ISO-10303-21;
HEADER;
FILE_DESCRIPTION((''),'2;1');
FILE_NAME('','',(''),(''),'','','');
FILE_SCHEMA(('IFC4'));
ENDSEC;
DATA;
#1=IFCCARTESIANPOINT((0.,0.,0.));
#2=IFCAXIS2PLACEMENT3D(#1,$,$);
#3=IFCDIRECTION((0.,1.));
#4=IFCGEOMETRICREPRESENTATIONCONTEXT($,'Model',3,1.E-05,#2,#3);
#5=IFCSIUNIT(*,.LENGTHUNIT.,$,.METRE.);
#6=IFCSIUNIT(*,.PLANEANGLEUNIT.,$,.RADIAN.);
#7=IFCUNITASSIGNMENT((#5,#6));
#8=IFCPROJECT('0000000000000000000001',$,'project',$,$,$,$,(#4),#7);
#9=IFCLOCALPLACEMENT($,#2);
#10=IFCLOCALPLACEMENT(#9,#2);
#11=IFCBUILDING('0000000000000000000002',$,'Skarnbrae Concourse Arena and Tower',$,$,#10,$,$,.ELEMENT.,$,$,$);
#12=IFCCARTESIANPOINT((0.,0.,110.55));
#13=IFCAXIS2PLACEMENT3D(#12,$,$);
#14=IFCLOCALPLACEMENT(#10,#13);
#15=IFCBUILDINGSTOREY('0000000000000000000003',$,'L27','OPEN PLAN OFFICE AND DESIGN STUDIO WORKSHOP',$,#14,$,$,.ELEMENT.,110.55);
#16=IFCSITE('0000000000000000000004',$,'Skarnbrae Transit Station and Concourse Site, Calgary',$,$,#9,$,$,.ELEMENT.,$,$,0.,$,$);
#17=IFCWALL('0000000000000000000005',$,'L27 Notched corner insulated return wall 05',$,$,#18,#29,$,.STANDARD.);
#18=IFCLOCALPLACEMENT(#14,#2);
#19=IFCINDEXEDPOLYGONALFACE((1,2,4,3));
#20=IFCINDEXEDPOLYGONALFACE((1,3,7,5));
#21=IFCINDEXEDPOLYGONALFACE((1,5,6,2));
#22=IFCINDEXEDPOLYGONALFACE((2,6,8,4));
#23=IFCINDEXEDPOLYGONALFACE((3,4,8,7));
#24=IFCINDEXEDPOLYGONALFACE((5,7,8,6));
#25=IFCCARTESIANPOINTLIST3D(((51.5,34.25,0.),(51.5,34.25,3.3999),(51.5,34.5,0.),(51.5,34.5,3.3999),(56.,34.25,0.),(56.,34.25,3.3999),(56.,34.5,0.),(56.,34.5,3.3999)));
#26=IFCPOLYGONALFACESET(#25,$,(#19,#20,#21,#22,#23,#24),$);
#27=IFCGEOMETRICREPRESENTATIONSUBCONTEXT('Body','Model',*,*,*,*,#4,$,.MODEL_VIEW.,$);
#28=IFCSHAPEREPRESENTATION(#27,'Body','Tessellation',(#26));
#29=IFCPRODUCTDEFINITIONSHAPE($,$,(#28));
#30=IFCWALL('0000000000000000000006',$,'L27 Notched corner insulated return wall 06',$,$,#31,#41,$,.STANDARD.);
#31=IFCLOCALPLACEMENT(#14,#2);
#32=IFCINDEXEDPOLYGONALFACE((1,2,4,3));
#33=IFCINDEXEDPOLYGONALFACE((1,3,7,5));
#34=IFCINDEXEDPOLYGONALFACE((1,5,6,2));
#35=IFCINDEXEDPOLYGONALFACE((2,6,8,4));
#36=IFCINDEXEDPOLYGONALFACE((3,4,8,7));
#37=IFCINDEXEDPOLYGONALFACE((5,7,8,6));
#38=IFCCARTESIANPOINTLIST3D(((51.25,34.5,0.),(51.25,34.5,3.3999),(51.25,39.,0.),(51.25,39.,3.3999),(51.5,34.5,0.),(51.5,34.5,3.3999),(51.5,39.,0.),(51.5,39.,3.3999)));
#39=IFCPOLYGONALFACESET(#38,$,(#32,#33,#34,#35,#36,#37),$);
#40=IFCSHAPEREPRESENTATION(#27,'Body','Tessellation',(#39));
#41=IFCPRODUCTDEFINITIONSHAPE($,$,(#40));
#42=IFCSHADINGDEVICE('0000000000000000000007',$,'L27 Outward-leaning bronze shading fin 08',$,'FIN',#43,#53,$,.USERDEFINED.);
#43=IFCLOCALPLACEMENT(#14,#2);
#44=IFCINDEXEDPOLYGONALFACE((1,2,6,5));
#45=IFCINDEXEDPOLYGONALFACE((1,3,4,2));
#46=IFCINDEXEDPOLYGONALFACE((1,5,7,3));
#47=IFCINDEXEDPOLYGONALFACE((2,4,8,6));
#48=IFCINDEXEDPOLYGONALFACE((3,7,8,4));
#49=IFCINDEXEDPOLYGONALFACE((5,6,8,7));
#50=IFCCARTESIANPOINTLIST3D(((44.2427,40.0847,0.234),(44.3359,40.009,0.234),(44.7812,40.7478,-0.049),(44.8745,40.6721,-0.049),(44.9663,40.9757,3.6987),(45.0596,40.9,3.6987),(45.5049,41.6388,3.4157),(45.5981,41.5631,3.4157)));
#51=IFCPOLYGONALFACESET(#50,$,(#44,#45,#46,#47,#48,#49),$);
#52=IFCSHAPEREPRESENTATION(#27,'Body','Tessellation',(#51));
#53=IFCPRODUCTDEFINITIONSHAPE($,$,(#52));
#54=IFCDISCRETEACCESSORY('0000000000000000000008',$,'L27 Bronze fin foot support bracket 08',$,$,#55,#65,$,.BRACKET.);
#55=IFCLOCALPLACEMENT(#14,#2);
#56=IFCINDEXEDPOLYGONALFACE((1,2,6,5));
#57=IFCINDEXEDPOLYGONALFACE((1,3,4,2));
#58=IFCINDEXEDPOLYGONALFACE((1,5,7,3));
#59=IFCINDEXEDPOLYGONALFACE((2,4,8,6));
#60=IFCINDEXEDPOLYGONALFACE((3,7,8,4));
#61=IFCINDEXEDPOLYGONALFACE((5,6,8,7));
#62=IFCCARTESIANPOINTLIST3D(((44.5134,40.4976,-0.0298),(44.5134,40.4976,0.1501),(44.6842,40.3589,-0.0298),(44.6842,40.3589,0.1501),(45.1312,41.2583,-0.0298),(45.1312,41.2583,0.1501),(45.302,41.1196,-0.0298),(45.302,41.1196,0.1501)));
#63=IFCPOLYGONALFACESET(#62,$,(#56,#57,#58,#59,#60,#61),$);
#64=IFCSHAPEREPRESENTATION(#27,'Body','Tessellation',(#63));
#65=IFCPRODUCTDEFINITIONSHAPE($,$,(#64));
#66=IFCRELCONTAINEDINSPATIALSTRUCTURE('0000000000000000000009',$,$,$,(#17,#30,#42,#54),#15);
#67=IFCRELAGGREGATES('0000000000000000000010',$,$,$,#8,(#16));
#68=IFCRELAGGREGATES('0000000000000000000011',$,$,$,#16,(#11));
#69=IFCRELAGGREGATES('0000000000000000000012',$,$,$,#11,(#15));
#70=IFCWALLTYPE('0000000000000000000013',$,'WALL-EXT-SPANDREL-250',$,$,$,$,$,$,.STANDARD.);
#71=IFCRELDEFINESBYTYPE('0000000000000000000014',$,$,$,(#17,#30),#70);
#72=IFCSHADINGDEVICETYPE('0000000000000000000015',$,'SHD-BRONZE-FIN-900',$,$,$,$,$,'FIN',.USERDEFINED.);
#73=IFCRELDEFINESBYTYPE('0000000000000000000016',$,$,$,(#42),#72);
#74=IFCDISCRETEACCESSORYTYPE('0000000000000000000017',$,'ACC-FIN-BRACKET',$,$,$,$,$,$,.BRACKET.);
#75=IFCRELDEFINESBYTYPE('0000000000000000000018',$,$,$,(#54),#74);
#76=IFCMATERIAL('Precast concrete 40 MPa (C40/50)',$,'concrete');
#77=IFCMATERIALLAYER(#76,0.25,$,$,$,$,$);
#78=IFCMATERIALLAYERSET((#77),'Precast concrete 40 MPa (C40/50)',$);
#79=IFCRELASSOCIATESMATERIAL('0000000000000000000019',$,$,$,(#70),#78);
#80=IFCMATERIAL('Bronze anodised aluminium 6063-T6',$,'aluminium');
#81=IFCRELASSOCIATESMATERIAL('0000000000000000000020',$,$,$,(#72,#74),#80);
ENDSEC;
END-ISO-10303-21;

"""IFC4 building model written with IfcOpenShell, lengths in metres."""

from ifc_helpers import new_model, si_unit, direction, frame, frame_2d, origin, origin_2d, place, context, subcontext, project, spatial, rectangle, extrude, source, transform, mapped, material, layer, layer_set, type_object, element, save


model = new_model("IFC4")

# Units and contexts
model_context = context("Model", 3, precision=1e-05, world=origin(), true_north=direction((0.0, 1.0)))
body_context = subcontext(model_context, "Body", "Model", "MODEL_VIEW")
ifc_project = project(units=[si_unit("LENGTHUNIT", "METRE"), si_unit("PLANEANGLEUNIT", "RADIAN")], contexts=[model_context])

# Site, building, storey
site_placement = place(None, origin())
site = spatial("IfcSite", under=ifc_project, at=site_placement, Name="Skarnbrae Transit Station and Concourse Site, Calgary", CompositionType="ELEMENT", RefElevation=0.0)
building_placement = place(site_placement, origin())
building = spatial("IfcBuilding", under=site, at=building_placement, Name="Skarnbrae Concourse Arena and Tower", CompositionType="ELEMENT")
storey_placement = place(building_placement, frame((0.0, 0.0, 110.55)))
storey = spatial("IfcBuildingStorey", under=building, at=storey_placement, Name="L27", Description="OPEN PLAN OFFICE AND DESIGN STUDIO WORKSHOP", CompositionType="ELEMENT", Elevation=110.55)

# Shared definitions
ifc_material_1 = material(Name="Bronze anodised aluminium 6063-T6", Category="aluminium")

# Walls
ifc_material_2 = material(Name="Precast concrete 40 MPa (C40/50)", Category="concrete")
ifc_layer_1 = layer(ifc_material_2, 0.25)
ifc_layer_set_1 = layer_set([ifc_layer_1], Name="Precast concrete 40 MPa (C40/50)")
wall_type = type_object("IfcWallType", Name="WALL-EXT-SPANDREL-250", PredefinedType="STANDARD", material=ifc_layer_set_1)
shared_shape_1 = source(origin(), body_context, "Body", "SweptSolid", [
    extrude(rectangle(XDim=4.5, YDim=0.25, at=frame_2d((2.25, 0.0))), origin(), (0.0, 0.0, 1.0), 3.3999),
])
for number, where, z_axis, x_axis, name in (
    (1, (56.0, 34.375, 0.0), (0.0, 0.0, 1.0), (-1.0, 0.0, 0.0), "L27 Notched corner insulated return wall 05"),
    (2, (51.375, 34.5, 0.0), (0.0, 0.0, 1.0), (0.0, 1.0, 0.0), "L27 Notched corner insulated return wall 06"),
):
    element("IfcWall", number, at=place(storey_placement, frame(where, z_axis=z_axis, x_axis=x_axis)), inside=storey, type_object=wall_type, Name=name, PredefinedType="STANDARD", context=body_context, shape_type="MappedRepresentation", body=[
        mapped(shared_shape_1, transform((0.0, 0.0, 0.0))),
    ])

# Shading device
shading_device_type = type_object("IfcShadingDeviceType", Name="SHD-BRONZE-FIN-900", ElementType="FIN", PredefinedType="USERDEFINED", material=ifc_material_1)
shared_shape_2 = source(origin(), body_context, "Body", "SweptSolid", [
    extrude(rectangle(XDim=0.1201, YDim=0.8999, at=origin_2d()), origin(), (0.0, 0.0, 1.0), 3.6499),
])
shading_device_placement = place(storey_placement, frame((44.5586, 40.3784, 0.0925), z_axis=(0.198264, 0.244121, 0.949261), x_axis=(0.776245, -0.630432, 0.0)))
element("IfcShadingDevice", 3, at=shading_device_placement, inside=storey, type_object=shading_device_type, Name="L27 Outward-leaning bronze shading fin 08", ObjectType="FIN", PredefinedType="USERDEFINED", context=body_context, shape_type="MappedRepresentation", body=[
    mapped(shared_shape_2, transform((0.0, 0.0, 0.0))),
])

# Discrete accessory
discrete_accessory_type = type_object("IfcDiscreteAccessoryType", Name="ACC-FIN-BRACKET", PredefinedType="BRACKET", material=ifc_material_1)
shared_shape_3 = source(origin(), body_context, "Body", "SweptSolid", [
    extrude(rectangle(XDim=0.22, YDim=0.98, at=origin_2d()), origin(), (0.0, 0.0, 1.0), 0.1799),
])
discrete_accessory_placement = place(storey_placement, frame((44.9077, 40.8086, -0.0298), z_axis=(0.0, 0.0, 1.0), x_axis=(0.776245, -0.630432, 0.0)))
element("IfcDiscreteAccessory", 4, at=discrete_accessory_placement, inside=storey, type_object=discrete_accessory_type, Name="L27 Bronze fin foot support bracket 08", PredefinedType="BRACKET", context=body_context, shape_type="MappedRepresentation", body=[
    mapped(shared_shape_3, transform((0.0, 0.0, 0.0))),
])

save(model, "model.ifc")
